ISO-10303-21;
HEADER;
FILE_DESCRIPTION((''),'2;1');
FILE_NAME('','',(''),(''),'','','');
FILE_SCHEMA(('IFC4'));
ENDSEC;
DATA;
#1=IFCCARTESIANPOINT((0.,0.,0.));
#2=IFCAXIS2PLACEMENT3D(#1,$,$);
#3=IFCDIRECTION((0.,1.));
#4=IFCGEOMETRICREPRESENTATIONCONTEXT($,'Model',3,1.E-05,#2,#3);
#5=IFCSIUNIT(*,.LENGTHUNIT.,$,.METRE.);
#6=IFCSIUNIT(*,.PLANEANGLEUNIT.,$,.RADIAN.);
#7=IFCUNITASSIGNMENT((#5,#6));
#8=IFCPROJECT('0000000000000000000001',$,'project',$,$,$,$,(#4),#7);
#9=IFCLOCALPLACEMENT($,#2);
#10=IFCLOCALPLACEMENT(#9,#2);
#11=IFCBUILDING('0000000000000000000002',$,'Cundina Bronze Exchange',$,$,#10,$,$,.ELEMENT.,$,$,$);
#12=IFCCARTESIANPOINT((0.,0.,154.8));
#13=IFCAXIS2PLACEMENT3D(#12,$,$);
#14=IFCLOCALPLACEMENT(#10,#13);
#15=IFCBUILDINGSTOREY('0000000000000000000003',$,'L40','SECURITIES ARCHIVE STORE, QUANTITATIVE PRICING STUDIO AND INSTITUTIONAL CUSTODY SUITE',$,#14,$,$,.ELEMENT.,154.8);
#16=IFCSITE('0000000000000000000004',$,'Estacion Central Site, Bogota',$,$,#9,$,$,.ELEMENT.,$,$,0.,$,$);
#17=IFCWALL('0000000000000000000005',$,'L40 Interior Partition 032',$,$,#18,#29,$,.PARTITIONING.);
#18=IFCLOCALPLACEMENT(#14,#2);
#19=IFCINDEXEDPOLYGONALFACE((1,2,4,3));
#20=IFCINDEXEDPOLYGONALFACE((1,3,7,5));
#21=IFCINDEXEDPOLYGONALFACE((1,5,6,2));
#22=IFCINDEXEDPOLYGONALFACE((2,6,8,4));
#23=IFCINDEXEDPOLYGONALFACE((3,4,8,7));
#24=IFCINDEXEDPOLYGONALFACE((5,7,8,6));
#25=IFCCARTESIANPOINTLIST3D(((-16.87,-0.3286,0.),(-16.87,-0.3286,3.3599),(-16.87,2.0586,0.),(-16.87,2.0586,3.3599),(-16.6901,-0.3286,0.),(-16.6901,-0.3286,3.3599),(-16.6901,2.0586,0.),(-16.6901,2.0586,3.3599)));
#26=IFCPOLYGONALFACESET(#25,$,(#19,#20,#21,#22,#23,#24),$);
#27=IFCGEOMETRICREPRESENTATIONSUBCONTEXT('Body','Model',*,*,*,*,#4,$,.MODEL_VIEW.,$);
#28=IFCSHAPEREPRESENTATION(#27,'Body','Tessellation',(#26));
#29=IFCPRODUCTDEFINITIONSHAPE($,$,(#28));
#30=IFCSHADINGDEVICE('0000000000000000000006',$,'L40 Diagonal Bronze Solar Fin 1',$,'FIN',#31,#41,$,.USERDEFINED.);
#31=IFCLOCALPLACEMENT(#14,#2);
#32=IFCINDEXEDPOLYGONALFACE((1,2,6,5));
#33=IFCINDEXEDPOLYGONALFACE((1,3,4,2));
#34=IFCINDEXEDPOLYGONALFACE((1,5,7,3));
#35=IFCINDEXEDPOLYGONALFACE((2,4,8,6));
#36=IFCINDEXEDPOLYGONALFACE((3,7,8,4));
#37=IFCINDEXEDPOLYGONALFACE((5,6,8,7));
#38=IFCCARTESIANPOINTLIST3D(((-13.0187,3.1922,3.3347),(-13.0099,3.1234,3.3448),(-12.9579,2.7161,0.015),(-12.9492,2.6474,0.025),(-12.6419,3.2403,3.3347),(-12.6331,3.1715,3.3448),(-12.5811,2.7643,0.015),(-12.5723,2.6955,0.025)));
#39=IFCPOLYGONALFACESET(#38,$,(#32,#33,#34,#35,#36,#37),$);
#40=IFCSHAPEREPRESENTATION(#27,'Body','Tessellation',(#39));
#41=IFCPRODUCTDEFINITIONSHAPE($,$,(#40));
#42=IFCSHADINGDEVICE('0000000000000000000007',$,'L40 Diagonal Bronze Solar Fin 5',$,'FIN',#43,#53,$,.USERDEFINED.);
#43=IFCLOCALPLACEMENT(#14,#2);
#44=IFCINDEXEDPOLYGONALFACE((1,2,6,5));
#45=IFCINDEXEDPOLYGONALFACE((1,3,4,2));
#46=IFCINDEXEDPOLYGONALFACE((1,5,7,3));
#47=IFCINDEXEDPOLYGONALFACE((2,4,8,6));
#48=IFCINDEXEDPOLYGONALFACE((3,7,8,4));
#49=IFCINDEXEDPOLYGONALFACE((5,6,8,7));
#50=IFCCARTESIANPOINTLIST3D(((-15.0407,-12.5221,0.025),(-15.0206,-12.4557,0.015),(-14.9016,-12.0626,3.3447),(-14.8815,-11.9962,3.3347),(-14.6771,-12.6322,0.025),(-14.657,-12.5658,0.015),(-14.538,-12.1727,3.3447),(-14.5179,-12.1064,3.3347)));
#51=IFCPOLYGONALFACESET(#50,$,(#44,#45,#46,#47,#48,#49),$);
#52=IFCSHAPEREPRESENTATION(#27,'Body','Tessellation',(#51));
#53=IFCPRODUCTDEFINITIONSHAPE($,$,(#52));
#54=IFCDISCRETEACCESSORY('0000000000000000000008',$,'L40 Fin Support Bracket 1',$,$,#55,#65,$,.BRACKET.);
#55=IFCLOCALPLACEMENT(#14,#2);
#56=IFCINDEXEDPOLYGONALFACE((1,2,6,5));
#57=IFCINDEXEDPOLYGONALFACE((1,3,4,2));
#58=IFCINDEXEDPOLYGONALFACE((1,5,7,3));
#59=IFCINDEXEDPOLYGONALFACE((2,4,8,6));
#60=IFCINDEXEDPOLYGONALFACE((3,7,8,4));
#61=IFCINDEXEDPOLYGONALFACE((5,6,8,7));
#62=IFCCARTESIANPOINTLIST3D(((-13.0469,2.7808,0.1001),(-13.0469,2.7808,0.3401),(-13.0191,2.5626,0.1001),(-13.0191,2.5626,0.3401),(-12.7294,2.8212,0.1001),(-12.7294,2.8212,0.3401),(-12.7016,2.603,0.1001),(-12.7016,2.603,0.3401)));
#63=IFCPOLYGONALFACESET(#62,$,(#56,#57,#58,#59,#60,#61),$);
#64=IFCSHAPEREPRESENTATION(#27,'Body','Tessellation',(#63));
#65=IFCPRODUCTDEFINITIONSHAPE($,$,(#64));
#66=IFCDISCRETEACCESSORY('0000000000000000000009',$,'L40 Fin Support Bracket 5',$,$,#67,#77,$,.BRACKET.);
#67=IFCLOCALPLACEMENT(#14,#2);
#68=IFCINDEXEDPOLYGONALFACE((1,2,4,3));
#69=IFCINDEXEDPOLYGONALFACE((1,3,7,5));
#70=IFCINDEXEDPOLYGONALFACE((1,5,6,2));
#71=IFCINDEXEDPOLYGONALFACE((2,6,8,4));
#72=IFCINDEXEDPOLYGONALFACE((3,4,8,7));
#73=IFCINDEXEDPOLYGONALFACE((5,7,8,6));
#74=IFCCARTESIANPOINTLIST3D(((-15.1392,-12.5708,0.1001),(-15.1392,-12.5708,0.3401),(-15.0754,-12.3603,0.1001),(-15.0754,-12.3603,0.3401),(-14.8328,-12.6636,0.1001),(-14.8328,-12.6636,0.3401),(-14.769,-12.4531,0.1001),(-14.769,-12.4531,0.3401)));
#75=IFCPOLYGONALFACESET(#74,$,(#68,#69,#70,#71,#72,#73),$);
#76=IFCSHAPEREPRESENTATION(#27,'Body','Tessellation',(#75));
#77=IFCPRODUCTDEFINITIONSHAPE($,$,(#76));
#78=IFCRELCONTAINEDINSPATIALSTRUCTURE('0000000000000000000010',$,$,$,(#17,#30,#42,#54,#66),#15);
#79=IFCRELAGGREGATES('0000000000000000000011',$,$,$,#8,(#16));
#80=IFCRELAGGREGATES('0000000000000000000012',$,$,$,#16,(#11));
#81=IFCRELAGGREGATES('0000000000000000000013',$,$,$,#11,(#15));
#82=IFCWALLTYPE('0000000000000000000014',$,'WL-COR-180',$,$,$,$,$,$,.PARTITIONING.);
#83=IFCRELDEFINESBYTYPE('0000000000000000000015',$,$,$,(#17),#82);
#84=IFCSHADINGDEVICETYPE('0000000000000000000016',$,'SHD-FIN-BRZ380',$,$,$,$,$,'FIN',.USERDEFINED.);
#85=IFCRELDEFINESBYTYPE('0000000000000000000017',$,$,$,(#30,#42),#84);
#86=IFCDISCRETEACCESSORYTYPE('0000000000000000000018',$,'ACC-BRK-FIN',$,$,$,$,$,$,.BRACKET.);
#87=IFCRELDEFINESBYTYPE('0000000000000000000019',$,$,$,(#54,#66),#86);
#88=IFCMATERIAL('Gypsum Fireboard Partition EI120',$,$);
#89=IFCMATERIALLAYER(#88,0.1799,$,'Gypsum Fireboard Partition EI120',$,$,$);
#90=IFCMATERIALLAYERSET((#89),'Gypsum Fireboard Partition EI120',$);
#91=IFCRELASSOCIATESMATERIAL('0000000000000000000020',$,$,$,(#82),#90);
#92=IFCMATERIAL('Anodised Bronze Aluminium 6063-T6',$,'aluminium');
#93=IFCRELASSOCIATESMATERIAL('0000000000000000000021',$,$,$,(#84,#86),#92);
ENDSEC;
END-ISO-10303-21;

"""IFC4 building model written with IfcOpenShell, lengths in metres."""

from ifc_helpers import new_model, si_unit, direction, frame, frame_2d, origin, origin_2d, place, context, subcontext, project, spatial, rectangle, extrude, material, layer, layer_set, material_profile, profile_set, type_object, element, save


model = new_model("IFC4")

# Units and contexts
model_context = context("Model", 3, precision=1e-05, world=origin(), true_north=direction((0.0, 1.0)))
body_context = subcontext(model_context, "Body", "Model", "MODEL_VIEW")
ifc_project = project(units=[si_unit("LENGTHUNIT", "METRE"), si_unit("PLANEANGLEUNIT", "RADIAN")], contexts=[model_context])

# Site, building, storey
site_placement = place(None, origin())
site = spatial("IfcSite", under=ifc_project, at=site_placement, Name="Estacion Central Site, Bogota", CompositionType="ELEMENT", RefElevation=0.0)
building_placement = place(site_placement, origin())
building = spatial("IfcBuilding", under=site, at=building_placement, Name="Cundina Bronze Exchange", CompositionType="ELEMENT")
storey_placement = place(building_placement, frame((0.0, 0.0, 154.8)))
storey = spatial("IfcBuildingStorey", under=building, at=storey_placement, Name="L40", Description="SECURITIES ARCHIVE STORE, QUANTITATIVE PRICING STUDIO AND INSTITUTIONAL CUSTODY SUITE", CompositionType="ELEMENT", Elevation=154.8)

# Shared definitions
ifc_material_1 = material(Name="Anodised Bronze Aluminium 6063-T6", Category="aluminium")

# Wall
ifc_material_2 = material(Name="Gypsum Fireboard Partition EI120")
ifc_layer_1 = layer(ifc_material_2, 0.1799, Name="Gypsum Fireboard Partition EI120")
ifc_layer_set_1 = layer_set([ifc_layer_1], Name="Gypsum Fireboard Partition EI120")
wall_type = type_object("IfcWallType", Name="WL-COR-180", PredefinedType="PARTITIONING", material=ifc_layer_set_1)
wall_1_placement = place(storey_placement, frame((-16.78, -0.3286, 0.0), z_axis=(0.0, 0.0, 1.0), x_axis=(0.0, 1.0, 0.0)))
element("IfcWall", 1, at=wall_1_placement, inside=storey, type_object=wall_type, Name="L40 Interior Partition 032", PredefinedType="PARTITIONING", context=body_context, shape_type="SweptSolid", body=[
    extrude(rectangle(XDim=2.3872, YDim=0.1799, at=frame_2d((1.1936, 0.0))), origin(), (0.0, 0.0, 1.0), 3.3599),
])

# Shading devices
ifc_material_profile_1 = material_profile(ifc_material_1, rectangle(XDim=0.0701, YDim=0.3799, at=origin_2d()), Name="FIN70X380", Category="aluminium")
ifc_profile_set_1 = profile_set([ifc_material_profile_1], Name="Anodised Bronze Aluminium 6063-T6")
shading_device_type = type_object("IfcShadingDeviceType", Name="SHD-FIN-BRZ380", ElementType="FIN", PredefinedType="USERDEFINED", material=ifc_profile_set_1)
for number, where, z_axis, x_axis, name in (
    (2, (-12.7651, 2.7058, 0.02), (-0.018123, 0.141928, 0.989711), (0.125361, -0.98174, 0.14308), "L40 Diagonal Bronze Solar Fin 1"),
    (3, (-14.8489, -12.5439, 0.02), (0.041486, 0.136978, 0.989705), (-0.286882, -0.947214, 0.143123), "L40 Diagonal Bronze Solar Fin 5"),
):
    element("IfcShadingDevice", number, at=place(storey_placement, frame(where, z_axis=z_axis, x_axis=x_axis)), inside=storey, type_object=shading_device_type, Name=name, ObjectType="FIN", PredefinedType="USERDEFINED", context=body_context, shape_type="SweptSolid", body=[
        extrude(rectangle(XDim=0.0701, YDim=0.3799, at=origin_2d()), origin(), (0.0, 0.0, 1.0), 3.3542),
    ])

# Discrete accessories
discrete_accessory_type = type_object("IfcDiscreteAccessoryType", Name="ACC-BRK-FIN", PredefinedType="BRACKET", material=ifc_material_1)
for number, where, z_axis, x_axis, name in (
    (4, (-12.8743, 2.6919, 0.1001), (0.0, 0.0, 1.0), (-0.126476, 0.99197, 0.0), "L40 Fin Support Bracket 1"),
    (5, (-14.9541, -12.512, 0.1001), (0.0, 0.0, 1.0), (0.290051, 0.957011, 0.0), "L40 Fin Support Bracket 5"),
):
    element("IfcDiscreteAccessory", number, at=place(storey_placement, frame(where, z_axis=z_axis, x_axis=x_axis)), inside=storey, type_object=discrete_accessory_type, Name=name, PredefinedType="BRACKET", context=body_context, shape_type="SweptSolid", body=[
        extrude(rectangle(XDim=0.22, YDim=0.3201, at=origin_2d()), origin(), (0.0, 0.0, 1.0), 0.24),
    ])

save(model, "model.ifc")
